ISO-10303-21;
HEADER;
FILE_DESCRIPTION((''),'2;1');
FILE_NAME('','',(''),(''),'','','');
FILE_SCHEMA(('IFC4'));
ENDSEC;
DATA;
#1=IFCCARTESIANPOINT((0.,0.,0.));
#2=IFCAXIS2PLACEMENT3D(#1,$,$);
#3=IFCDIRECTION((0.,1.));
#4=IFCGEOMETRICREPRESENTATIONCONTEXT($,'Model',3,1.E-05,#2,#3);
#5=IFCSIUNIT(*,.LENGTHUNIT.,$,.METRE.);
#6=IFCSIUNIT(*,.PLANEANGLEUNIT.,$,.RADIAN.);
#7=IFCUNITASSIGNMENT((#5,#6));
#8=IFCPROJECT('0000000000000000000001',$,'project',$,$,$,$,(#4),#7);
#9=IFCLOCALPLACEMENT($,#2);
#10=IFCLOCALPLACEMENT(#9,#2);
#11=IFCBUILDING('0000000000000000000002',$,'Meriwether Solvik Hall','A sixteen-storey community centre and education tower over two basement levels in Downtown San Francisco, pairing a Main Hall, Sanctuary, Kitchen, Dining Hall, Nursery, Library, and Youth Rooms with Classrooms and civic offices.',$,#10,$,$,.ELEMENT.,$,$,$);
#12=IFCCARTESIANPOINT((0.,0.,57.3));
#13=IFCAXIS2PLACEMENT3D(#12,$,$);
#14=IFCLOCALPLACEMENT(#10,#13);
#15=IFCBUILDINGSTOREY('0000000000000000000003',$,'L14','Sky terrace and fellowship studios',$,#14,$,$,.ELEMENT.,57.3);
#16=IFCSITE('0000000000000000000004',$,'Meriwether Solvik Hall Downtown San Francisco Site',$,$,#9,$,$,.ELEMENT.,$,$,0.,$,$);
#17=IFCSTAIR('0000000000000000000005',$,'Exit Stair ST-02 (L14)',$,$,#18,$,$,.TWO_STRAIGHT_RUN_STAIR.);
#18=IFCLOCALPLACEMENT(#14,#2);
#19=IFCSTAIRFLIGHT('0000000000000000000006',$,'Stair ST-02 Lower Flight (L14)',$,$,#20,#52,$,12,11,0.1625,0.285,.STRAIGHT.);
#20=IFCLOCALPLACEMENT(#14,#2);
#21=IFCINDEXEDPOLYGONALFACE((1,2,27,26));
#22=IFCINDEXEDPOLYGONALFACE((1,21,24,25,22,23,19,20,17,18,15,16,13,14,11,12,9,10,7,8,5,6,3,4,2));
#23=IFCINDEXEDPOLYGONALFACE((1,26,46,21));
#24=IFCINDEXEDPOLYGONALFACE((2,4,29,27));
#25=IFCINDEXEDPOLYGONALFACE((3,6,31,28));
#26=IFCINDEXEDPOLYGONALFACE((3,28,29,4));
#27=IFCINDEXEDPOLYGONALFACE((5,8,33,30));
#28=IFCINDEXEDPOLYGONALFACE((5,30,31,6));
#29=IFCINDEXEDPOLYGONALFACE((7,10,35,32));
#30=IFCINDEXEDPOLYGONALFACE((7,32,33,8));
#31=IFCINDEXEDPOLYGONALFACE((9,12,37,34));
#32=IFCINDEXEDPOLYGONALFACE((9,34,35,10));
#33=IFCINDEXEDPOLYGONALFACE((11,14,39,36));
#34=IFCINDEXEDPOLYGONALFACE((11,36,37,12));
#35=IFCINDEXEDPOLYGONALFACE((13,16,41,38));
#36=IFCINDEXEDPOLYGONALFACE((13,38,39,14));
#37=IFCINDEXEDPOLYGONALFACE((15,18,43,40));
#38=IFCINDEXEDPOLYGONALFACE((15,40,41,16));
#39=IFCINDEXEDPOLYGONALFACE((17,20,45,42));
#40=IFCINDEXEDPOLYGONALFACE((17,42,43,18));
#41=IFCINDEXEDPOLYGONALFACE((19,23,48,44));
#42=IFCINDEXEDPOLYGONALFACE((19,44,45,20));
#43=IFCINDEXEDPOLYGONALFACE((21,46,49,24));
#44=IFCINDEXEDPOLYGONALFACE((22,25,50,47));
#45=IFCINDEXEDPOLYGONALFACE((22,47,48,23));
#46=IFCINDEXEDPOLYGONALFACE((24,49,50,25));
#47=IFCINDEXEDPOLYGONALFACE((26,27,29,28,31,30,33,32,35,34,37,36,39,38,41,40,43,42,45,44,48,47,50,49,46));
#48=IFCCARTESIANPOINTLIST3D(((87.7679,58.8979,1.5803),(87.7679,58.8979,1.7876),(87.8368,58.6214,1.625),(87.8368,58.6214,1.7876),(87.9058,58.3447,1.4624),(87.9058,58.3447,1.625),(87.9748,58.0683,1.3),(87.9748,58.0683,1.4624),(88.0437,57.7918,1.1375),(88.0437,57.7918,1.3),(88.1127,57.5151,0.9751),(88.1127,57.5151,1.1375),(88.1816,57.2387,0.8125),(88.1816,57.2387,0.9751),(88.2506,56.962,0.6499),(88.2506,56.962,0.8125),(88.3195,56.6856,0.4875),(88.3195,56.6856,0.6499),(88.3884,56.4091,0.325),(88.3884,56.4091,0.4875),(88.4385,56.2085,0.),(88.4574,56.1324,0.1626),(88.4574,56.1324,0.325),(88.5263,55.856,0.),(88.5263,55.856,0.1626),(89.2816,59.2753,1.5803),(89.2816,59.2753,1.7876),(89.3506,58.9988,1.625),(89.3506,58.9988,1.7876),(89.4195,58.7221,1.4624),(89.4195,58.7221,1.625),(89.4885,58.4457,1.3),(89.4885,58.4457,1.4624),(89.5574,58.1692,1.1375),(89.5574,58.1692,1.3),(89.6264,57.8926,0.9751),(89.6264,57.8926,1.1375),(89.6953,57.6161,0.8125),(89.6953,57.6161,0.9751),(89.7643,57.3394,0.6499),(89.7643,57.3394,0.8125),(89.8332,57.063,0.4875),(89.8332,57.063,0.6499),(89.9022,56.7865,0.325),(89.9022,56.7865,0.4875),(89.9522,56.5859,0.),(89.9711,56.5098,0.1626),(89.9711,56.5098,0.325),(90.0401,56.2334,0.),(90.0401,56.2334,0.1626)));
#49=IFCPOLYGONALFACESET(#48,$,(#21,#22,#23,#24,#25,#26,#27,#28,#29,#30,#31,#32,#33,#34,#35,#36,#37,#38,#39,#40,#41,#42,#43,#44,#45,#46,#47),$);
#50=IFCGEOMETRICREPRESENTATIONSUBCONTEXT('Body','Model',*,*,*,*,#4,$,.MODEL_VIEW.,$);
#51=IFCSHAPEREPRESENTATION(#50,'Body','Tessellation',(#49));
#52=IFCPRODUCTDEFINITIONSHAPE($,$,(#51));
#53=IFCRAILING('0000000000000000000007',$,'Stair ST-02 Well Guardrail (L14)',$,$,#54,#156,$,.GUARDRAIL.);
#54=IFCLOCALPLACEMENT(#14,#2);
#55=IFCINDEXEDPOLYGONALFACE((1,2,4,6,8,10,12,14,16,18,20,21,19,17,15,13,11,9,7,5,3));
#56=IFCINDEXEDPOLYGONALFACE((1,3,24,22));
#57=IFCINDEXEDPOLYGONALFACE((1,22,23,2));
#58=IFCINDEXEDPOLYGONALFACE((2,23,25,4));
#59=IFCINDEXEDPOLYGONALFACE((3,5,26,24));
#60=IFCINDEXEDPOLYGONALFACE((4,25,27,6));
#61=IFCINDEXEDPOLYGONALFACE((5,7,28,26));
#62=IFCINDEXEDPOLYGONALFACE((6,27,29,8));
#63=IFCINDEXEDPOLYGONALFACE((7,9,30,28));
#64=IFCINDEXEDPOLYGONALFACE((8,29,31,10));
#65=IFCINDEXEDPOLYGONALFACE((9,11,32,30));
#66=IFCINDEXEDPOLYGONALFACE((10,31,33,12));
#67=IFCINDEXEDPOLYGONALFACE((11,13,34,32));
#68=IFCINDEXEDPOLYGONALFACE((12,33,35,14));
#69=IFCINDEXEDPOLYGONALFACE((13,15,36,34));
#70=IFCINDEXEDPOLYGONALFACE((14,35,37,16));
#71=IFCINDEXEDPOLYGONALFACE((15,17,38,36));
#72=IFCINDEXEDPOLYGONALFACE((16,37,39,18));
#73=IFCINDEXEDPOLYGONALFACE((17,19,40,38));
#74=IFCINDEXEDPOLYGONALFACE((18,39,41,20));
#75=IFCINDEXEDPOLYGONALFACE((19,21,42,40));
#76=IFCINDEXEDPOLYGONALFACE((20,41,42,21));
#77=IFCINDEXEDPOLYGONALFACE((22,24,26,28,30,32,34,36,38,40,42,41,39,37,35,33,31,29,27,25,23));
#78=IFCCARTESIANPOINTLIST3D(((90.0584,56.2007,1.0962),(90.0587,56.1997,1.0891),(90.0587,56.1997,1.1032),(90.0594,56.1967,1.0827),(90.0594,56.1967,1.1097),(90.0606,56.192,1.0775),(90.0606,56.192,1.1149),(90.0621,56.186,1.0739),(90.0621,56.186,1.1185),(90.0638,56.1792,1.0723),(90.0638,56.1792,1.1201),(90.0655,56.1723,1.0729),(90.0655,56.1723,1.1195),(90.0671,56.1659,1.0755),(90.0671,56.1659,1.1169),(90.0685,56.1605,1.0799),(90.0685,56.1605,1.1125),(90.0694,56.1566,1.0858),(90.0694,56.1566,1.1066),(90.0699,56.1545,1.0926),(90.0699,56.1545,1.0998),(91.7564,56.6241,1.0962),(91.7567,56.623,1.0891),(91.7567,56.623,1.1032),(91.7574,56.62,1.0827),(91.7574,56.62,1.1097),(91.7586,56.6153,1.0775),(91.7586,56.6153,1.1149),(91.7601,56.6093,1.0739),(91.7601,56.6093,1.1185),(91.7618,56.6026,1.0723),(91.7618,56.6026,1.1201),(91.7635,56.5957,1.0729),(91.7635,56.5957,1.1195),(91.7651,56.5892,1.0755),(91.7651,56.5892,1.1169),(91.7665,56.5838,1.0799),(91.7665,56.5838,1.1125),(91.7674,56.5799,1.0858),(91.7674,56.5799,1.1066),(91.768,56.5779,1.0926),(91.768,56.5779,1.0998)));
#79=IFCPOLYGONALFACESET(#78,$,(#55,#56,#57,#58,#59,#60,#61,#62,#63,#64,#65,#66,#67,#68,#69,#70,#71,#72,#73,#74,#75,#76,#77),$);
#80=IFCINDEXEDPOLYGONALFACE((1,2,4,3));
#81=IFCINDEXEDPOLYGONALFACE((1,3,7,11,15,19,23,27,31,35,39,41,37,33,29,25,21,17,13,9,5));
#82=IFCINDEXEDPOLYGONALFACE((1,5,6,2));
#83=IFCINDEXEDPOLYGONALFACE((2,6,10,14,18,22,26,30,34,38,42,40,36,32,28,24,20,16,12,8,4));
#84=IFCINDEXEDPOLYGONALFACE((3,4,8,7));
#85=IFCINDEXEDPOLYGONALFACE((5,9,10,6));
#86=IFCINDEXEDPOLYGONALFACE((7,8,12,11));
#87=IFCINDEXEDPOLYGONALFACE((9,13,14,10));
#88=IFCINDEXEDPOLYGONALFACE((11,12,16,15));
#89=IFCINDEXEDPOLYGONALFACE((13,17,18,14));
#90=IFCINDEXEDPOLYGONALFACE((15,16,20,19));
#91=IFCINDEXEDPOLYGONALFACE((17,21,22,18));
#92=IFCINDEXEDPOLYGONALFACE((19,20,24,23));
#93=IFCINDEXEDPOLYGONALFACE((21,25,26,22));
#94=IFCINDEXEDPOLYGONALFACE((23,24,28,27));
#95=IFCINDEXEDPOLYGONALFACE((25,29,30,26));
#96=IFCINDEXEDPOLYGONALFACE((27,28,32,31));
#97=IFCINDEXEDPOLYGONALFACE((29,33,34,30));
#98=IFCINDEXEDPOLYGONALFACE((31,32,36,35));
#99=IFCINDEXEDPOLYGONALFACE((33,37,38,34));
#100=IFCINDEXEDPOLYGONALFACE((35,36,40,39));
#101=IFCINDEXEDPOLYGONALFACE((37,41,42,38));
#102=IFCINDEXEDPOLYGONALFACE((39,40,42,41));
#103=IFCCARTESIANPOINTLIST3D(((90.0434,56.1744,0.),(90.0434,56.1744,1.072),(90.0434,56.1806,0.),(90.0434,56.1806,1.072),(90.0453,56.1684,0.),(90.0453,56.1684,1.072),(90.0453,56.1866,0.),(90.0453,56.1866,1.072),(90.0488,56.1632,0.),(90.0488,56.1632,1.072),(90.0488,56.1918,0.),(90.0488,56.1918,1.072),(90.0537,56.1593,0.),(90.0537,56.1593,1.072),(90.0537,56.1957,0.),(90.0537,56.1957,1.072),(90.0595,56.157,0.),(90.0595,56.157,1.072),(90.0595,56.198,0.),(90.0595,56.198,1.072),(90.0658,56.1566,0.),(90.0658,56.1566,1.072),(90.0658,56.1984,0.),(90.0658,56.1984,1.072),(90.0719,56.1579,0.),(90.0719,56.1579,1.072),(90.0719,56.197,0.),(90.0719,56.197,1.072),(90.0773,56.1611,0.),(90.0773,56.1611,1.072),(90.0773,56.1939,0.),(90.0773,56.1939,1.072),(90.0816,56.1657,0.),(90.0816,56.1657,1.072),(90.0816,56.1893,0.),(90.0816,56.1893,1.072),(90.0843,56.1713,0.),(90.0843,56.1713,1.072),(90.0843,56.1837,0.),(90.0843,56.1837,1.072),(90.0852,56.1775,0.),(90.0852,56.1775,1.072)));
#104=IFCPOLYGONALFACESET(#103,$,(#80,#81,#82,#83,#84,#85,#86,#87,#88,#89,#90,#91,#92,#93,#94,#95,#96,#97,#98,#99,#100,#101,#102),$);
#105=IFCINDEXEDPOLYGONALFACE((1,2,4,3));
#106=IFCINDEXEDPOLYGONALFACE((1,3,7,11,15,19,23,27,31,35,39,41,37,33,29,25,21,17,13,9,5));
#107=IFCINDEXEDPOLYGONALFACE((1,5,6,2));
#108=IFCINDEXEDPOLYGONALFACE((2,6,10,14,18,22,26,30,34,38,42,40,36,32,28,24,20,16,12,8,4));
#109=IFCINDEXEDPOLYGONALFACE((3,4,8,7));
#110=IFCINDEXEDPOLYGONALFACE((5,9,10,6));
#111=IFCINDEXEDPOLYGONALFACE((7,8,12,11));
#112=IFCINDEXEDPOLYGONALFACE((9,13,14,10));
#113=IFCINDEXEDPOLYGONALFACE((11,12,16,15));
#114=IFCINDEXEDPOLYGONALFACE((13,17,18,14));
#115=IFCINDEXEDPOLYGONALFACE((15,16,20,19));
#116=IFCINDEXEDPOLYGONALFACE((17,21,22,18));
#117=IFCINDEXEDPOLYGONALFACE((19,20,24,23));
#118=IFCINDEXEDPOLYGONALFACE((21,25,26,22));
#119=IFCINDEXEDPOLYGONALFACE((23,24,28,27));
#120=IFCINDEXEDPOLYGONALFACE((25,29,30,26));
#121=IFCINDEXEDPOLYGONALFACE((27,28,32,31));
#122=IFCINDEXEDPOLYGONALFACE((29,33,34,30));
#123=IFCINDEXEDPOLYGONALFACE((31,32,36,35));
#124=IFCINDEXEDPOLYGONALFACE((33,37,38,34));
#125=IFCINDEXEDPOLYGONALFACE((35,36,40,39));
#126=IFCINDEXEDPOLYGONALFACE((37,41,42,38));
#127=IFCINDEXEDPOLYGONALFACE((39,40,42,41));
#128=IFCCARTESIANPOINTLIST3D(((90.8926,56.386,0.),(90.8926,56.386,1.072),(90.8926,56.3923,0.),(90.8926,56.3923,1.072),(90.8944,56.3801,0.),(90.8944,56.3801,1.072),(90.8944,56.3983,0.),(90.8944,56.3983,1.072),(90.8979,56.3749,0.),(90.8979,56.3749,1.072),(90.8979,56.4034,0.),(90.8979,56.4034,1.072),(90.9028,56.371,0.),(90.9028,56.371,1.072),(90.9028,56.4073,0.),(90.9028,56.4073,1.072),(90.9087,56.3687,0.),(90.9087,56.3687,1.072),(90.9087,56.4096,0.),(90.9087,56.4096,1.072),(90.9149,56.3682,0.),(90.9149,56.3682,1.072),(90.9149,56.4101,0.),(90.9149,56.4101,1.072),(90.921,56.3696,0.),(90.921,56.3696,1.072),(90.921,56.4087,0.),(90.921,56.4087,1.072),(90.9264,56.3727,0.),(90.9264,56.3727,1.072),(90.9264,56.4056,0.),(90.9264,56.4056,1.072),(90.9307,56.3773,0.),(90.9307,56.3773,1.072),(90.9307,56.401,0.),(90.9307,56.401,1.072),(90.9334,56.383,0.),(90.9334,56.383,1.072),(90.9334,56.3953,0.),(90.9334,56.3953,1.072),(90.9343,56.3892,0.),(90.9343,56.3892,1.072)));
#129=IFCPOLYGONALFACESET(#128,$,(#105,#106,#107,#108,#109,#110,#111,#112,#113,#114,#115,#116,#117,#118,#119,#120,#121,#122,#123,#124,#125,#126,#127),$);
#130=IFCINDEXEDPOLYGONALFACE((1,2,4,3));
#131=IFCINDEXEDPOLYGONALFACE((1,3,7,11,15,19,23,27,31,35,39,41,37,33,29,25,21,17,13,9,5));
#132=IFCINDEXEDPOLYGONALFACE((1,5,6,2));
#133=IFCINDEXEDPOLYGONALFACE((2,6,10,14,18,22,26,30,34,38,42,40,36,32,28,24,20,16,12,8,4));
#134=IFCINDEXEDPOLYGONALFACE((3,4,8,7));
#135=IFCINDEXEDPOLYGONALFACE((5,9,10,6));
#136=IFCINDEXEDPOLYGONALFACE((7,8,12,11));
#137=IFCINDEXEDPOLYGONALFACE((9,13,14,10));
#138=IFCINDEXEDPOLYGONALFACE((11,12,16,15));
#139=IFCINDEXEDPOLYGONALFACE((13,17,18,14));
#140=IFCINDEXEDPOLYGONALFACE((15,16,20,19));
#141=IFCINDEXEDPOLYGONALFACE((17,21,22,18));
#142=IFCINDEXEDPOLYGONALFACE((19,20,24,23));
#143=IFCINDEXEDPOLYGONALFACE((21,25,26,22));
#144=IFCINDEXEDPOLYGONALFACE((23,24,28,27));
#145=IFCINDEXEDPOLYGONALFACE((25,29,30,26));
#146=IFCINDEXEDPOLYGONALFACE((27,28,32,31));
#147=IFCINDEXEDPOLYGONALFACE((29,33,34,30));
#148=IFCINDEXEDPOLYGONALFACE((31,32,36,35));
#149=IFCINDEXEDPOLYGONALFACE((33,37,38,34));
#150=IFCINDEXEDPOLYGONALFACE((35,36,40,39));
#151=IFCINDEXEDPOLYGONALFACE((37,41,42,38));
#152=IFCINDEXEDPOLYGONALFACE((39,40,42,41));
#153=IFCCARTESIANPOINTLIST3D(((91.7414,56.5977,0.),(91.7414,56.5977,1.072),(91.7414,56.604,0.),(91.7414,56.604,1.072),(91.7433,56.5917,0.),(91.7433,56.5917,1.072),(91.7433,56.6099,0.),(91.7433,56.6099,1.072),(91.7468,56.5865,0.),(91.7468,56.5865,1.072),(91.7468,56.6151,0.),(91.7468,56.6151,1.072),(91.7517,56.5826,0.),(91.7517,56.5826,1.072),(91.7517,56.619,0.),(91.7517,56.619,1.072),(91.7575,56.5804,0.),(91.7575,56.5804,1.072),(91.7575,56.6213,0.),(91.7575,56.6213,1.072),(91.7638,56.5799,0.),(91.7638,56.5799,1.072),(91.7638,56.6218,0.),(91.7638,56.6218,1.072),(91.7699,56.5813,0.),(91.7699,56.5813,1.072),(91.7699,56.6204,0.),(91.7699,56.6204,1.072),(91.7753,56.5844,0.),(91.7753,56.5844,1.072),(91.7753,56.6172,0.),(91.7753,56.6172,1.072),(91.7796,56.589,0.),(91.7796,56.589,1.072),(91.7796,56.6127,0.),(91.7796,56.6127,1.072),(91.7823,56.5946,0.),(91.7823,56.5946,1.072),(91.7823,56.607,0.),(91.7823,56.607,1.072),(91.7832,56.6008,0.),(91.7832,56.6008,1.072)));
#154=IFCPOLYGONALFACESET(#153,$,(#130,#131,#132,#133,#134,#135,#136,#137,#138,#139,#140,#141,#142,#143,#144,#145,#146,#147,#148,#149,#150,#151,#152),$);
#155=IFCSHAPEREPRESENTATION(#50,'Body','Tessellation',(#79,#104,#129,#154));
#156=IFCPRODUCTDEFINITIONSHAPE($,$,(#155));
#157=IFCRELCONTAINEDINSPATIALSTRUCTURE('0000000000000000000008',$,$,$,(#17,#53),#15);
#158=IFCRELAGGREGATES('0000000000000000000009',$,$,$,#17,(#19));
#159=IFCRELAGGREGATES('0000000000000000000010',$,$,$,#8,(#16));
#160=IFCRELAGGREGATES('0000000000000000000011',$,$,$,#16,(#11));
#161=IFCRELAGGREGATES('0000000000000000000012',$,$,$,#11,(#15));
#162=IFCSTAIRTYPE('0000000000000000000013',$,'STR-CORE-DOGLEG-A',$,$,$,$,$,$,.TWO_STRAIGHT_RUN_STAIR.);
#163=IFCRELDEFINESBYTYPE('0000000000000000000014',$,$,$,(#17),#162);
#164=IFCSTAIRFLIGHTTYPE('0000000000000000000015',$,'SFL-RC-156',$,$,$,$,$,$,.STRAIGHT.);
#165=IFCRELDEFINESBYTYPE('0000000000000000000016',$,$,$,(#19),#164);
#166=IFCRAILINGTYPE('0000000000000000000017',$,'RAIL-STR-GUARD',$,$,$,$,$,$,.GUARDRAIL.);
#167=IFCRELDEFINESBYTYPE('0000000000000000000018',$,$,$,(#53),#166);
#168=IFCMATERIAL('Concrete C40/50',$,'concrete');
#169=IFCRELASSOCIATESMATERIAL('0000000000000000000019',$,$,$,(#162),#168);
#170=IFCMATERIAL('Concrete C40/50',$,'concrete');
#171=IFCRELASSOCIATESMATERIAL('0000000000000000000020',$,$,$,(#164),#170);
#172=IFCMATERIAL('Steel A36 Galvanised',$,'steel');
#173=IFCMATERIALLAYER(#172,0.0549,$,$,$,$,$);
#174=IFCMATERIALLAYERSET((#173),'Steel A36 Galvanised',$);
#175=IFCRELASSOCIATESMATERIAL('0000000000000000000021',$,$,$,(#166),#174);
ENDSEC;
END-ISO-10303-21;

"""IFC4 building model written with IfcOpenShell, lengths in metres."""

from ifc_helpers import new_model, si_unit, direction, frame, origin, origin_2d, place, context, subcontext, project, spatial, polyline, circle, outline, extrude, material, layer, layer_set, type_object, element, aggregate, save


model = new_model("IFC4")

# Units and contexts
model_context = context("Model", 3, precision=1e-05, world=origin(), true_north=direction((0.0, 1.0)))
body_context = subcontext(model_context, "Body", "Model", "MODEL_VIEW")
ifc_project = project(units=[si_unit("LENGTHUNIT", "METRE"), si_unit("PLANEANGLEUNIT", "RADIAN")], contexts=[model_context])

# Site, building, storey
site_placement = place(None, origin())
site = spatial("IfcSite", under=ifc_project, at=site_placement, Name="Meriwether Solvik Hall Downtown San Francisco Site", CompositionType="ELEMENT", RefElevation=0.0)
building_placement = place(site_placement, origin())
building = spatial("IfcBuilding", under=site, at=building_placement, Name="Meriwether Solvik Hall", Description="A sixteen-storey community centre and education tower over two basement levels in Downtown San Francisco, pairing a Main Hall, Sanctuary, Kitchen, Dining Hall, Nursery, Library, and Youth Rooms with Classrooms and civic offices.", CompositionType="ELEMENT")
storey_placement = place(building_placement, frame((0.0, 0.0, 57.3)))
storey = spatial("IfcBuildingStorey", under=building, at=storey_placement, Name="L14", Description="Sky terrace and fellowship studios", CompositionType="ELEMENT", Elevation=57.3)

# Stair, stair flight
ifc_material_1 = material(Name="Concrete C40/50", Category="concrete")
stair_type = type_object("IfcStairType", Name="STR-CORE-DOGLEG-A", PredefinedType="TWO_STRAIGHT_RUN_STAIR", material=ifc_material_1)
stair_placement = place(storey_placement, origin())
stair = element("IfcStair", 1, at=stair_placement, inside=storey, type_object=stair_type, Name="Exit Stair ST-02 (L14)", PredefinedType="TWO_STRAIGHT_RUN_STAIR")
ifc_material_2 = material(Name="Concrete C40/50", Category="concrete")
stair_flight_type = type_object("IfcStairFlightType", Name="SFL-RC-156", PredefinedType="STRAIGHT", material=ifc_material_2)
stair_flight_placement = place(storey_placement, frame((89.2832, 56.0447, 0.0), z_axis=(0.0, 0.0, 1.0), x_axis=(-0.241922, 0.970296, 0.0)))
stair_flight = element("IfcStairFlight", 2, at=stair_flight_placement, type_object=stair_flight_type, Name="Stair ST-02 Lower Flight (L14)", NumberOfRisers=12, NumberOfTreads=11, PredefinedType="STRAIGHT", RiserHeight=0.1625, TreadLength=0.285, context=body_context, shape_type="SweptSolid", body=[
    extrude(outline(polyline([(0.0, 0.0), (0.0, 0.1626), (0.2849, 0.1626), (0.2849, 0.325), (0.5701, 0.325), (0.5701, 0.4875), (0.855, 0.4875), (0.855, 0.6499), (1.1399, 0.6499), (1.1399, 0.8125), (1.425, 0.8125), (1.425, 0.9751), (1.71, 0.9751), (1.71, 1.1375), (1.9951, 1.1375), (1.9951, 1.3), (2.28, 1.3), (2.28, 1.4624), (2.5649, 1.4624), (2.5649, 1.625), (2.8501, 1.625), (2.8501, 1.7876), (3.135, 1.7876), (3.135, 1.95), (3.135, 1.5803), (0.3633, 0.0), (0.0, 0.0)])), frame((0.0, 0.78, 0.0), z_axis=(0.0, -1.0, 0.0), x_axis=(1.0, 0.0, 0.0)), (0.0, 0.0, 1.0), 1.5601),
])
aggregate(stair, [stair_flight])

# Railing
ifc_material_3 = material(Name="Steel A36 Galvanised", Category="steel")
ifc_layer_1 = layer(ifc_material_3, 0.0549)
ifc_layer_set_1 = layer_set([ifc_layer_1], Name="Steel A36 Galvanised")
railing_type_1 = type_object("IfcRailingType", Name="RAIL-STR-GUARD", PredefinedType="GUARDRAIL", material=ifc_layer_set_1)
railing_1_placement = place(storey_placement, frame((90.0642, 56.1775, 0.0)))
element("IfcRailing", 3, at=railing_1_placement, inside=storey, type_object=railing_type_1, Name="Stair ST-02 Well Guardrail (L14)", PredefinedType="GUARDRAIL", context=body_context, shape_type="SweptSolid", body=[
    extrude(circle(Radius=0.0239, at=origin_2d()), frame((0.0, 0.0, 1.0962), z_axis=(0.970298, 0.241912, 0.0), x_axis=(-0.241912, 0.970298, 0.0)), (0.0, 0.0, 1.0), 1.75),
    extrude(circle(Radius=0.021, at=origin_2d()), origin(), (0.0, 0.0, 1.0), 1.072),
    extrude(circle(Radius=0.021, at=origin_2d()), frame((0.8491, 0.2117, 0.0)), (0.0, 0.0, 1.0), 1.072),
    extrude(circle(Radius=0.021, at=origin_2d()), frame((1.698, 0.4233, 0.0)), (0.0, 0.0, 1.0), 1.072),
])

save(model, "model.ifc")
